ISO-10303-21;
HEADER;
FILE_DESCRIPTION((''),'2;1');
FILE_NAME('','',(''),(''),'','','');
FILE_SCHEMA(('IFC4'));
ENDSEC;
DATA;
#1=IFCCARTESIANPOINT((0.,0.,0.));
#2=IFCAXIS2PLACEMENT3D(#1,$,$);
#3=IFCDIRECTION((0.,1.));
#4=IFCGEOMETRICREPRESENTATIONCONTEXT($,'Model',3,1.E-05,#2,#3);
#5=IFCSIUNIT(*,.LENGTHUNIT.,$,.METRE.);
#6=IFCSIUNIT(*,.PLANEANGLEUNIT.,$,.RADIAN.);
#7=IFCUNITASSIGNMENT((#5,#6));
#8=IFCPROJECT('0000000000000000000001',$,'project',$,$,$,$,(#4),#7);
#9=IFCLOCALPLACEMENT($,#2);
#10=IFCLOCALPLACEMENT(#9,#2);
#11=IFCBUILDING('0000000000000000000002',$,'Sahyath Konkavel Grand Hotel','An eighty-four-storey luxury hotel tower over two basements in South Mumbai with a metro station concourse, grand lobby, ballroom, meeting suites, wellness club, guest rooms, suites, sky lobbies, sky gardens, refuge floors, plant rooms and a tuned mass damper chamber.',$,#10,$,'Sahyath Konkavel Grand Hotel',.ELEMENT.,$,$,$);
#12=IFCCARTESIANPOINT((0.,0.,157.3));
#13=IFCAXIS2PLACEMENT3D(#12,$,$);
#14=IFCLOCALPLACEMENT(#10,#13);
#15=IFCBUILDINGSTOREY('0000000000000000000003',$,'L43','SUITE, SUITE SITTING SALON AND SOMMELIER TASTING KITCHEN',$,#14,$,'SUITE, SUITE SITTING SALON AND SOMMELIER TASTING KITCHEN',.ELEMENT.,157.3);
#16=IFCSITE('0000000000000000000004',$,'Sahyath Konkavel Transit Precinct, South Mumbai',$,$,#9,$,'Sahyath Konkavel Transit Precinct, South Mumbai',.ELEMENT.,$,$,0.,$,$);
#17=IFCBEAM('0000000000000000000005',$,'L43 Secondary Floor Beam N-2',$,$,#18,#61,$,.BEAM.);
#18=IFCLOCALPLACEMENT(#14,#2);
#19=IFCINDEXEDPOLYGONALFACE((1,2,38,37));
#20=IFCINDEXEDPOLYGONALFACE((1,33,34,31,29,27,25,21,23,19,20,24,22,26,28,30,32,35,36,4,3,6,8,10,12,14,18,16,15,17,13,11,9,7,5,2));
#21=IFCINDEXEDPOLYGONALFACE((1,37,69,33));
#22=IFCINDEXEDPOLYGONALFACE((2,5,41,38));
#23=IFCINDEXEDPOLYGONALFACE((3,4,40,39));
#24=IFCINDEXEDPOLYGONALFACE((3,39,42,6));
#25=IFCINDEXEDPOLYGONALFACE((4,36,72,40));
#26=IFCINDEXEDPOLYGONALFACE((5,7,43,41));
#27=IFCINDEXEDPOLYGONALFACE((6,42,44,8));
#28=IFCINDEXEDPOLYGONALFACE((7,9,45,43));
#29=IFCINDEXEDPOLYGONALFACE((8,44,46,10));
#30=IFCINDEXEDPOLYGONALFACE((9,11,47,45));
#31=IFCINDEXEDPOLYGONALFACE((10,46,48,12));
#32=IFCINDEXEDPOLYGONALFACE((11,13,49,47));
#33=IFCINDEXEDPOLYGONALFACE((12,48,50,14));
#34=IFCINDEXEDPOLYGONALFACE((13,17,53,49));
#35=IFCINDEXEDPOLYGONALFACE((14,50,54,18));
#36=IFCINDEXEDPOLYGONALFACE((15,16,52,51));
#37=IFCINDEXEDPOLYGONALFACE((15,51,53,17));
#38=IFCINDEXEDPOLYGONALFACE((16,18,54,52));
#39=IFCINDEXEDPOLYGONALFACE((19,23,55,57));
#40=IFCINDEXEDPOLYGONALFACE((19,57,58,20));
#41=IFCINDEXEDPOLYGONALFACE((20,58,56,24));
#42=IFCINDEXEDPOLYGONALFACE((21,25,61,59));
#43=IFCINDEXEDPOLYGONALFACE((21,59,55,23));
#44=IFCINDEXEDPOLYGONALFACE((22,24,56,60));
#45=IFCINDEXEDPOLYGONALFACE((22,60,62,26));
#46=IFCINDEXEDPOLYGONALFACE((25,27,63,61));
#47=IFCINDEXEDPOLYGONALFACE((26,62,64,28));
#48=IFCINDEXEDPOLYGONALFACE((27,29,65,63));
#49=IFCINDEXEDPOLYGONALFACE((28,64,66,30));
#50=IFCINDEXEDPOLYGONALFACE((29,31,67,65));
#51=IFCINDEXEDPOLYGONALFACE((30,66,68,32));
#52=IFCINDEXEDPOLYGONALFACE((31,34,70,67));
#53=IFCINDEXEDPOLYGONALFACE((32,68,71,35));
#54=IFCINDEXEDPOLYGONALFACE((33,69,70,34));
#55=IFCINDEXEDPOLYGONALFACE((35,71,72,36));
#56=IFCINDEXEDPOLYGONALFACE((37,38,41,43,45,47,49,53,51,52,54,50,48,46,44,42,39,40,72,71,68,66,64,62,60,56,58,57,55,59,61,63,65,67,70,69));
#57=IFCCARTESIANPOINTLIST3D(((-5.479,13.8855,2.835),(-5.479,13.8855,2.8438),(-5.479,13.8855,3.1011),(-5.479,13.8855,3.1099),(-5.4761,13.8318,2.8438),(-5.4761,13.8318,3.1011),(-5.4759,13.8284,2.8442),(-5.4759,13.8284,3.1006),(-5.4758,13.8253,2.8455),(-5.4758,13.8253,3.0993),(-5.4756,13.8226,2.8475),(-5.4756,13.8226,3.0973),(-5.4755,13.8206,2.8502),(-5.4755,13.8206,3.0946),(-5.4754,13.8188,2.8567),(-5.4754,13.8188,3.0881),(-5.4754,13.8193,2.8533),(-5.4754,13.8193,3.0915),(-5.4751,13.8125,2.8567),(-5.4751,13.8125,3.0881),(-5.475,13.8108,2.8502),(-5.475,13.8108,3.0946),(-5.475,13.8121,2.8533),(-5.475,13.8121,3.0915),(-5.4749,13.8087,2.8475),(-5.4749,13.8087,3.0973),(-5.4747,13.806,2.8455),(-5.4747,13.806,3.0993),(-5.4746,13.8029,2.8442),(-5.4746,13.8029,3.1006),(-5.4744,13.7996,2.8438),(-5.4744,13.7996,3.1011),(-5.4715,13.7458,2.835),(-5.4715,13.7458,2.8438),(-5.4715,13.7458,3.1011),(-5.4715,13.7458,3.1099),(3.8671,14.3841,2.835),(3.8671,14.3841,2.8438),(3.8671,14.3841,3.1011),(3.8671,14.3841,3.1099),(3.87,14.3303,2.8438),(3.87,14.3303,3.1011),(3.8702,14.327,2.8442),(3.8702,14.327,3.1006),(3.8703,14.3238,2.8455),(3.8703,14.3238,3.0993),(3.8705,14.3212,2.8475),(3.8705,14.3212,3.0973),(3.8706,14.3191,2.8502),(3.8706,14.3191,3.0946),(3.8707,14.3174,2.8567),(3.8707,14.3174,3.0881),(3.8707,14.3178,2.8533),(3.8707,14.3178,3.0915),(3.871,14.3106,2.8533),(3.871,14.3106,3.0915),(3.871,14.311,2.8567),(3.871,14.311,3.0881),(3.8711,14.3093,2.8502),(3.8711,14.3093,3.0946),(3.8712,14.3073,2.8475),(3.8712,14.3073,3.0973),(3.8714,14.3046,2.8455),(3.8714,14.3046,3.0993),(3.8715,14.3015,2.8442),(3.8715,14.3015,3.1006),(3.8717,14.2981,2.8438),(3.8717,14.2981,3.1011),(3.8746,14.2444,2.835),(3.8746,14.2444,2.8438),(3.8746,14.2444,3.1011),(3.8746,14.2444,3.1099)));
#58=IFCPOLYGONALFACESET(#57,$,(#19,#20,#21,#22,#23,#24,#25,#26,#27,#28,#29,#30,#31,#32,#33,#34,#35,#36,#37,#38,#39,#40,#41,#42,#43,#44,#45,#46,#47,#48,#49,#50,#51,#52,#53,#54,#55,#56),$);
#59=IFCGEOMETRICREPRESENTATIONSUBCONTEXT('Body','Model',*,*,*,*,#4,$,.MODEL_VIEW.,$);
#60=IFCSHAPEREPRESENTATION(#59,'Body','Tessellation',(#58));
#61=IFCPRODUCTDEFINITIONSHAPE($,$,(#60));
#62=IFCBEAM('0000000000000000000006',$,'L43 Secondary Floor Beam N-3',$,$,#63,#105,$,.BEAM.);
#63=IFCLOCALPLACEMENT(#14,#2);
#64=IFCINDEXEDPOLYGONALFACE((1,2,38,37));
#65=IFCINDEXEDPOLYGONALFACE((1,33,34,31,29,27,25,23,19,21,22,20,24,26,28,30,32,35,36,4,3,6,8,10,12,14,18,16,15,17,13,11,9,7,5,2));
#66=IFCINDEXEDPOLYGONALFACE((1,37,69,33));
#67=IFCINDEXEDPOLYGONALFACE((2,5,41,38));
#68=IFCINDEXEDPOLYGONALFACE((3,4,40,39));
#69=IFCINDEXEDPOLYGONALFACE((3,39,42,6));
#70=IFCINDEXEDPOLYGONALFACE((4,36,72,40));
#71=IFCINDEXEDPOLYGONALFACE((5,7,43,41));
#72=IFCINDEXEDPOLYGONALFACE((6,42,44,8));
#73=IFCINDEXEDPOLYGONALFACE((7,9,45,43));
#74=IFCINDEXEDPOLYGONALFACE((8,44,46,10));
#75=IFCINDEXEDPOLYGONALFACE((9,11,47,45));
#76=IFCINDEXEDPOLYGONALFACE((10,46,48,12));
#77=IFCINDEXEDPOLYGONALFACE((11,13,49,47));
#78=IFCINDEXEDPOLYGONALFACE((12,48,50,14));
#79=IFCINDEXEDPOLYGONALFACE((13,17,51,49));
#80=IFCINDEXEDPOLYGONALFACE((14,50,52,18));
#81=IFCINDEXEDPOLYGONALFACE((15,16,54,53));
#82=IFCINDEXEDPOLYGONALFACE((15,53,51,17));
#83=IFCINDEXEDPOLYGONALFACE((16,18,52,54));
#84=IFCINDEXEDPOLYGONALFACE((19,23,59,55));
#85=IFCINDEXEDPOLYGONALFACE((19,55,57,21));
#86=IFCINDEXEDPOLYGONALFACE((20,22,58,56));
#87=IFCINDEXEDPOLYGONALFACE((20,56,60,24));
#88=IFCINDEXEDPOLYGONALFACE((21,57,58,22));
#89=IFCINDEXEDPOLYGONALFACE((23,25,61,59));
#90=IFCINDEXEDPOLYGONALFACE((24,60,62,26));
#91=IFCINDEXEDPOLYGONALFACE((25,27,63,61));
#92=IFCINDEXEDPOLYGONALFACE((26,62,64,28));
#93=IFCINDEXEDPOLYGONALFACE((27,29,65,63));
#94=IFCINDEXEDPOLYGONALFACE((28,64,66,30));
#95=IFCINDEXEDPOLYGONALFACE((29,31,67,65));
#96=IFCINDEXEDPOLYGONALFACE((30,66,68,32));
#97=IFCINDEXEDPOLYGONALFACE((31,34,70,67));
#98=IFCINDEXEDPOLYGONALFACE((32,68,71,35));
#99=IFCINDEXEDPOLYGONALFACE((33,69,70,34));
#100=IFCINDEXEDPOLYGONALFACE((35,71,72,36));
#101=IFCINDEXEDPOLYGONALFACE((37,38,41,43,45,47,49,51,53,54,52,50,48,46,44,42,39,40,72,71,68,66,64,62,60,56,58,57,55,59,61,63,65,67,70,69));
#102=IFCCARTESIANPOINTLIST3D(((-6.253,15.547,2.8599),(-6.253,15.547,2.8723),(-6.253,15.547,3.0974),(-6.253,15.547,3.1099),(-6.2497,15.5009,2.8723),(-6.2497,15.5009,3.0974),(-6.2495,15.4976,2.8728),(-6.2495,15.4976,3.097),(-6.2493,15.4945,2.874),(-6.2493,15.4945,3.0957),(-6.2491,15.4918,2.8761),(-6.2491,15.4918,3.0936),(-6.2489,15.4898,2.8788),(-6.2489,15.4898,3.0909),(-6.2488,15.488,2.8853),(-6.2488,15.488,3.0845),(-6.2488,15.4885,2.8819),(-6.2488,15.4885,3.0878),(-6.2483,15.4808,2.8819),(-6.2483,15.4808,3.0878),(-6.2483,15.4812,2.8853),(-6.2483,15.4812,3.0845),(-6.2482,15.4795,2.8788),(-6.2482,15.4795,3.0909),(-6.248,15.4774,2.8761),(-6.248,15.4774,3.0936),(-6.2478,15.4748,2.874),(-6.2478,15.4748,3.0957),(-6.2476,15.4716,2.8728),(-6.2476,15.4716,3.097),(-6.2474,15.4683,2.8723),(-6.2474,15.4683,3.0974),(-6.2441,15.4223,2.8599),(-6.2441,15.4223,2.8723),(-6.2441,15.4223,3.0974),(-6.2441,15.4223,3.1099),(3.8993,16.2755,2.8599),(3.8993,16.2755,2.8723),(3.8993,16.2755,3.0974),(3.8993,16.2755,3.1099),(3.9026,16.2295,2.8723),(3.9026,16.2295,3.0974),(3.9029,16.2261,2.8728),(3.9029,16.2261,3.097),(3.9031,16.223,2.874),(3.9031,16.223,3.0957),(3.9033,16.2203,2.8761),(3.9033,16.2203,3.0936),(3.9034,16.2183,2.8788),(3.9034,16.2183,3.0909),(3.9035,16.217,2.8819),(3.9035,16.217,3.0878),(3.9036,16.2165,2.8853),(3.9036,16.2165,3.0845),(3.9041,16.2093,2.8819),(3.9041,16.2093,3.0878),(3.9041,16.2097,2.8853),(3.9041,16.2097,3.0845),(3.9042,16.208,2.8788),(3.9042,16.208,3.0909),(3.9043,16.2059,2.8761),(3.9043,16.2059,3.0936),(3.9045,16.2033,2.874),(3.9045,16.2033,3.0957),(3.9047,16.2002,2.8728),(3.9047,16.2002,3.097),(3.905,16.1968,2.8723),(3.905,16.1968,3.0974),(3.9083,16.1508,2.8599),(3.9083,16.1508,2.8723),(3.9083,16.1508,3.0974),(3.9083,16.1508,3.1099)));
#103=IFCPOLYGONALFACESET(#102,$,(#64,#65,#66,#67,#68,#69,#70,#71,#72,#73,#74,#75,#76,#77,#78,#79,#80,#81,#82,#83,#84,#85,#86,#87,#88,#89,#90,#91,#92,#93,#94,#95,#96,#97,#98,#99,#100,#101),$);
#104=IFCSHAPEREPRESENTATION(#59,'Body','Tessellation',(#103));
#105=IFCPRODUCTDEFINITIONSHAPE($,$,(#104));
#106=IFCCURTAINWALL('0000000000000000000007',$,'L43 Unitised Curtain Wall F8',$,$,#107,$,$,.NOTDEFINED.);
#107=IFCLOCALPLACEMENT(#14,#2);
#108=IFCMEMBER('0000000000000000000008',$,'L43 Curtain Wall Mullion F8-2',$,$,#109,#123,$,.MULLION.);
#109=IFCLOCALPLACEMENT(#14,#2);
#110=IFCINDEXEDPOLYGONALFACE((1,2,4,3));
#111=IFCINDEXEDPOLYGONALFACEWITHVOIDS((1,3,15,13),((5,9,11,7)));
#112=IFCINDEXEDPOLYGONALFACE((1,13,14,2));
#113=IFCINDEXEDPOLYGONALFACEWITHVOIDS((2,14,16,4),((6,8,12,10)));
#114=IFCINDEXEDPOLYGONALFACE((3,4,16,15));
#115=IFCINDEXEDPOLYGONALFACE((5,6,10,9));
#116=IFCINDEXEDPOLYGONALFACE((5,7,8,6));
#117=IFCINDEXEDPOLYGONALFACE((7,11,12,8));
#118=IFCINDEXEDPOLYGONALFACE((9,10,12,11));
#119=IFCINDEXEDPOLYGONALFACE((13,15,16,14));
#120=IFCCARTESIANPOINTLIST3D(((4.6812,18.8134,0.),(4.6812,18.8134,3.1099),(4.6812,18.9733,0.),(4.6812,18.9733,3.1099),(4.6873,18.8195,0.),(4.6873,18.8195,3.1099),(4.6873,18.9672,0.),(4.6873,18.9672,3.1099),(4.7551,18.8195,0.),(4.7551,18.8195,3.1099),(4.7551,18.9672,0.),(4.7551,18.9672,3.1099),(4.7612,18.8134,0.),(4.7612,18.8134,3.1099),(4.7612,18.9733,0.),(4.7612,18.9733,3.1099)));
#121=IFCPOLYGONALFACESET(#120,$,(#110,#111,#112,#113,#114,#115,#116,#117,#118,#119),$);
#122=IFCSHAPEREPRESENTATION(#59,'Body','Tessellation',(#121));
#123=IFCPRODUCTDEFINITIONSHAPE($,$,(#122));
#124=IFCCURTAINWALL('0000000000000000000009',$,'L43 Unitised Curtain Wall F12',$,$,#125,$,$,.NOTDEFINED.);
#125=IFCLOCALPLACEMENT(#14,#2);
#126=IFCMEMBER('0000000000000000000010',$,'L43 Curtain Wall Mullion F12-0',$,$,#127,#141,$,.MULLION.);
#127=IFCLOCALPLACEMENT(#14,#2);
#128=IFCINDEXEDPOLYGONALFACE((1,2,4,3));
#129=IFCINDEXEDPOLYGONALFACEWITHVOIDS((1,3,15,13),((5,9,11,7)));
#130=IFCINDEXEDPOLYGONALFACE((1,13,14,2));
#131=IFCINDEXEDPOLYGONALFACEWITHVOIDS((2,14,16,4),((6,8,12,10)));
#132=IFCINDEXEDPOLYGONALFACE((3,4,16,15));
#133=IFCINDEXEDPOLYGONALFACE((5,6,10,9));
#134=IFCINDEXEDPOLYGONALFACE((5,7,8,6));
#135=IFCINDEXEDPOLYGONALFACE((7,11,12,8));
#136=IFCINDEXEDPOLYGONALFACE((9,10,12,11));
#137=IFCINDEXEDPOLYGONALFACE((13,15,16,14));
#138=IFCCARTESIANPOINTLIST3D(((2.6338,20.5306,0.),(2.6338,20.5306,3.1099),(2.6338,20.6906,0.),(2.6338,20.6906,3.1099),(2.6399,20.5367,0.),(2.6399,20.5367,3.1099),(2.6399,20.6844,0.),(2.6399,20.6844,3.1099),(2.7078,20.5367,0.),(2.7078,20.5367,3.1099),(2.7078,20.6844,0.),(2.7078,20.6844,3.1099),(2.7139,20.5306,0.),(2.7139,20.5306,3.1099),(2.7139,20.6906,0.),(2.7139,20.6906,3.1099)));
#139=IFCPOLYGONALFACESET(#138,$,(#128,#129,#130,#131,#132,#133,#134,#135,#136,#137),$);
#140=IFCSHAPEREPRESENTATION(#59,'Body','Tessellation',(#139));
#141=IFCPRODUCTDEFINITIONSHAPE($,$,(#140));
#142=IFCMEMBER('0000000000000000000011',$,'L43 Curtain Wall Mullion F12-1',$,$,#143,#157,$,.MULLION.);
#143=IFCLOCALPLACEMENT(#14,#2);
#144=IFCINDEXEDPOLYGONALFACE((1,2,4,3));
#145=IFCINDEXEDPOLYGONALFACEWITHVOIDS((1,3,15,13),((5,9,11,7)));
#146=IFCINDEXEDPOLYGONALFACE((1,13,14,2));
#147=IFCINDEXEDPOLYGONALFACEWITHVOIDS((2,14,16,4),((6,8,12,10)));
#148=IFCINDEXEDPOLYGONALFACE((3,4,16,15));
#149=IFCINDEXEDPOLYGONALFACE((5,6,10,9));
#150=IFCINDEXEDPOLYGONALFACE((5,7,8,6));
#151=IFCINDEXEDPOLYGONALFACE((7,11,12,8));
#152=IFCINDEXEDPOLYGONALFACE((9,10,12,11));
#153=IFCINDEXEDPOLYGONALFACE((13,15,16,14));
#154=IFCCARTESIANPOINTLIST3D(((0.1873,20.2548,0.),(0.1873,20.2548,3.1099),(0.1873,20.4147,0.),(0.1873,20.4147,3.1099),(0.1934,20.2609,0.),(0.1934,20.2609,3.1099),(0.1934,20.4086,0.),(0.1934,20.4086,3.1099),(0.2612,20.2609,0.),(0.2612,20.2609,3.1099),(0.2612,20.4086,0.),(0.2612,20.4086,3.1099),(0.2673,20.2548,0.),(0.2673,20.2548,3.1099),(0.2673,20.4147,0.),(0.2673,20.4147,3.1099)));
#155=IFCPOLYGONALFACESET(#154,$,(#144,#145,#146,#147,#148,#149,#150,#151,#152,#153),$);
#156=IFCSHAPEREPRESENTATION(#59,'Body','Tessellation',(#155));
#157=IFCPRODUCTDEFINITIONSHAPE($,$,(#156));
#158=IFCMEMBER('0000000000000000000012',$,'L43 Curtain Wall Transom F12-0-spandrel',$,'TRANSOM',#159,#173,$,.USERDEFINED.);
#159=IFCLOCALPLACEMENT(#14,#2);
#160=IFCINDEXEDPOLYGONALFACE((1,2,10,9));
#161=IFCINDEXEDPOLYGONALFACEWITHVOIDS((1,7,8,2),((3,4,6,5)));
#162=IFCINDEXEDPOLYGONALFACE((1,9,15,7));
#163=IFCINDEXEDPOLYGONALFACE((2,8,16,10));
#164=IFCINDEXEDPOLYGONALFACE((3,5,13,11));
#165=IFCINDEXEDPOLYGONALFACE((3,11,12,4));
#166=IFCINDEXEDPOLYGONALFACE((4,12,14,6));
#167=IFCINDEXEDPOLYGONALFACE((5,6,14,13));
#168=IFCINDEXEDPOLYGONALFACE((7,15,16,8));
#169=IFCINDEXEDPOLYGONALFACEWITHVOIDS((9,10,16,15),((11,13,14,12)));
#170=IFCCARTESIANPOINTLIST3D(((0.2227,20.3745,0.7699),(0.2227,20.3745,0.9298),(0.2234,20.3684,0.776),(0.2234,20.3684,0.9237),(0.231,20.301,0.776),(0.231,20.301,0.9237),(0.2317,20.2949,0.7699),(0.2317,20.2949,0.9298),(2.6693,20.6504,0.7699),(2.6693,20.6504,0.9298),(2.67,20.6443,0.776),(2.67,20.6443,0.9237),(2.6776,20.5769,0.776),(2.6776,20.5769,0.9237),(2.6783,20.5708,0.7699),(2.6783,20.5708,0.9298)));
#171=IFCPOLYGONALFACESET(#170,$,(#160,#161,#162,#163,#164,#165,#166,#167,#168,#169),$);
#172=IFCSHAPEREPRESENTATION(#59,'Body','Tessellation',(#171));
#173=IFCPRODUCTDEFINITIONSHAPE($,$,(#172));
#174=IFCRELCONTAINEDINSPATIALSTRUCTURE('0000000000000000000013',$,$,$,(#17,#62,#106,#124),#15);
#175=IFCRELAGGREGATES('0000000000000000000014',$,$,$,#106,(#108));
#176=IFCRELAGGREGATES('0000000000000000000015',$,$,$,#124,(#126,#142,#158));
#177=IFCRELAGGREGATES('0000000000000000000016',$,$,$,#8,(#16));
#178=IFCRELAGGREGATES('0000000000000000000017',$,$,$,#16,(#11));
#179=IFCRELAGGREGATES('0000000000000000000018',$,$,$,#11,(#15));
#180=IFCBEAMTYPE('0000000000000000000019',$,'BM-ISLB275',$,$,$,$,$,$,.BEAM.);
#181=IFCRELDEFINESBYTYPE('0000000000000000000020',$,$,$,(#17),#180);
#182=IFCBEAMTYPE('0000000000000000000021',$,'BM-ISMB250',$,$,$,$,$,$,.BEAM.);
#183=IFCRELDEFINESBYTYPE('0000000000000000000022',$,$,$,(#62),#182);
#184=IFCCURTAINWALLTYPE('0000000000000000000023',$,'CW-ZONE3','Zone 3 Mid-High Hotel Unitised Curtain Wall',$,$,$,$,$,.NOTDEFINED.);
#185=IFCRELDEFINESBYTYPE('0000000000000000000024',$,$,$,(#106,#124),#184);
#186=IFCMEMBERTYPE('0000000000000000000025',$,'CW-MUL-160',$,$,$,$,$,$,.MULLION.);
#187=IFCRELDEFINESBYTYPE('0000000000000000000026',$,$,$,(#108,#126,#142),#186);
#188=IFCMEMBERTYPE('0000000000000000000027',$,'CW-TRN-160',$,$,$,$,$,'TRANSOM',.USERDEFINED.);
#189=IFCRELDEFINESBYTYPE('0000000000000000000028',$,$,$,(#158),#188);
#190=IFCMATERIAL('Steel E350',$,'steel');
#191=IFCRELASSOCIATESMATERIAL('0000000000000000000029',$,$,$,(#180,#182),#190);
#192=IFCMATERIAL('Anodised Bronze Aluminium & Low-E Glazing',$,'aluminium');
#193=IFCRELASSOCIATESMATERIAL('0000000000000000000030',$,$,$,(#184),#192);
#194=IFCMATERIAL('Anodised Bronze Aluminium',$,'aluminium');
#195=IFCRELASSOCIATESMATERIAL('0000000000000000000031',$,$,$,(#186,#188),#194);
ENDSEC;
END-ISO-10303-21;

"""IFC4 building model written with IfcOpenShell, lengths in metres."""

from ifc_helpers import new_model, si_unit, direction, frame, origin, origin_2d, place, context, subcontext, project, spatial, hollow_rectangle, i_section, extrude, source, transform, mapped, material, material_profile, profile_set, type_object, element, aggregate, save


model = new_model("IFC4")

# Units and contexts
model_context = context("Model", 3, precision=1e-05, world=origin(), true_north=direction((0.0, 1.0)))
body_context = subcontext(model_context, "Body", "Model", "MODEL_VIEW")
ifc_project = project(units=[si_unit("LENGTHUNIT", "METRE"), si_unit("PLANEANGLEUNIT", "RADIAN")], contexts=[model_context])

# Site, building, storey
site_placement = place(None, origin())
site = spatial("IfcSite", under=ifc_project, at=site_placement, Name="Sahyath Konkavel Transit Precinct, South Mumbai", LongName="Sahyath Konkavel Transit Precinct, South Mumbai", CompositionType="ELEMENT", RefElevation=0.0)
building_placement = place(site_placement, origin())
building = spatial("IfcBuilding", under=site, at=building_placement, Name="Sahyath Konkavel Grand Hotel", Description="An eighty-four-storey luxury hotel tower over two basements in South Mumbai with a metro station concourse, grand lobby, ballroom, meeting suites, wellness club, guest rooms, suites, sky lobbies, sky gardens, refuge floors, plant rooms and a tuned mass damper chamber.", LongName="Sahyath Konkavel Grand Hotel", CompositionType="ELEMENT")
storey_placement = place(building_placement, frame((0.0, 0.0, 157.3)))
storey = spatial("IfcBuildingStorey", under=building, at=storey_placement, Name="L43", Description="SUITE, SUITE SITTING SALON AND SOMMELIER TASTING KITCHEN", LongName="SUITE, SUITE SITTING SALON AND SOMMELIER TASTING KITCHEN", CompositionType="ELEMENT", Elevation=157.3)

# Beams
ifc_material_1 = material(Name="Steel E350", Category="steel")
ifc_material_profile_1 = material_profile(ifc_material_1, i_section(OverallWidth=0.1399, OverallDepth=0.2749, WebThickness=0.0063, FlangeThickness=0.0088, FilletRadius=0.0129, at=origin_2d()), Name="ISLB 275")
ifc_profile_set_1 = profile_set([ifc_material_profile_1], Name="Steel E350")
beam_type_1 = type_object("IfcBeamType", Name="BM-ISLB275", PredefinedType="BEAM", material=ifc_profile_set_1)
shared_shape_1 = source(origin(), body_context, "Body", "SweptSolid", [
    extrude(i_section(OverallWidth=0.1399, OverallDepth=0.2749, WebThickness=0.0063, FlangeThickness=0.0088, FilletRadius=0.0129, at=origin_2d()), origin(), (0.0, 0.0, 1.0), 9.3594),
])
beam_1_placement = place(storey_placement, frame((3.8708, 14.3142, 2.9724), z_axis=(-0.99858, -0.053265, 0.0), x_axis=(0.053265, -0.99858, 0.0)))
element("IfcBeam", 1, at=beam_1_placement, inside=storey, type_object=beam_type_1, Name="L43 Secondary Floor Beam N-2", PredefinedType="BEAM", context=body_context, shape_type="MappedRepresentation", body=[
    mapped(shared_shape_1, transform((0.0, 0.0, 0.0), scale=1.0)),
])
ifc_material_profile_2 = material_profile(ifc_material_1, i_section(OverallWidth=0.125, OverallDepth=0.25, WebThickness=0.0068, FlangeThickness=0.0125, FilletRadius=0.0129, at=origin_2d()), Name="ISMB 250")
ifc_profile_set_2 = profile_set([ifc_material_profile_2], Name="Steel E350")
beam_type_2 = type_object("IfcBeamType", Name="BM-ISMB250", PredefinedType="BEAM", material=ifc_profile_set_2)
shared_shape_2 = source(origin(), body_context, "Body", "SweptSolid", [
    extrude(i_section(OverallWidth=0.125, OverallDepth=0.25, WebThickness=0.0068, FlangeThickness=0.0125, FilletRadius=0.0129, at=origin_2d()), origin(), (0.0, 0.0, 1.0), 10.1785),
])
beam_2_placement = place(storey_placement, frame((3.9038, 16.2131, 2.9849), z_axis=(-0.997435, -0.071574, 0.0), x_axis=(0.071574, -0.997435, 0.0)))
element("IfcBeam", 2, at=beam_2_placement, inside=storey, type_object=beam_type_2, Name="L43 Secondary Floor Beam N-3", PredefinedType="BEAM", context=body_context, shape_type="MappedRepresentation", body=[
    mapped(shared_shape_2, transform((0.0, 0.0, 0.0), scale=1.0)),
])

# Curtain wall, member
ifc_material_2 = material(Name="Anodised Bronze Aluminium & Low-E Glazing", Category="aluminium")
curtain_wall_type = type_object("IfcCurtainWallType", Name="CW-ZONE3", Description="Zone 3 Mid-High Hotel Unitised Curtain Wall", PredefinedType="NOTDEFINED", material=ifc_material_2)
curtain_wall_1_placement = place(storey_placement, origin())
curtain_wall_1 = element("IfcCurtainWall", 3, at=curtain_wall_1_placement, inside=storey, type_object=curtain_wall_type, Name="L43 Unitised Curtain Wall F8", PredefinedType="NOTDEFINED")
ifc_material_3 = material(Name="Anodised Bronze Aluminium", Category="aluminium")
ifc_material_profile_3 = material_profile(ifc_material_3, hollow_rectangle(XDim=0.0801, YDim=0.1599, WallThickness=0.0061, at=origin_2d()), Name="RHS 160x80x6")
ifc_profile_set_3 = profile_set([ifc_material_profile_3], Name="Anodised Bronze Aluminium")
member_type_1 = type_object("IfcMemberType", Name="CW-MUL-160", PredefinedType="MULLION", material=ifc_profile_set_3)
shared_shape_3 = source(origin(), body_context, "Body", "SweptSolid", [
    extrude(hollow_rectangle(XDim=0.0801, YDim=0.1599, WallThickness=0.0061, at=origin_2d()), origin(), (0.0, 0.0, 1.0), 3.1099),
])
member_1_placement = place(storey_placement, frame((4.7212, 18.8933, 0.0), z_axis=(0.0, 0.0, 1.0), x_axis=(1.0, 0.0, 0.0)))
member_1 = element("IfcMember", 4, at=member_1_placement, type_object=member_type_1, Name="L43 Curtain Wall Mullion F8-2", PredefinedType="MULLION", context=body_context, shape_type="MappedRepresentation", body=[
    mapped(shared_shape_3, transform((0.0, 0.0, 0.0), scale=1.0)),
])
aggregate(curtain_wall_1, [member_1])

# Curtain wall, members
curtain_wall_2_placement = place(storey_placement, origin())
curtain_wall_2 = element("IfcCurtainWall", 5, at=curtain_wall_2_placement, inside=storey, type_object=curtain_wall_type, Name="L43 Unitised Curtain Wall F12", PredefinedType="NOTDEFINED")
member_2_placement = place(storey_placement, frame((2.6738, 20.6106, 0.0), z_axis=(0.0, 0.0, 1.0), x_axis=(1.0, 0.0, 0.0)))
member_2 = element("IfcMember", 6, at=member_2_placement, type_object=member_type_1, Name="L43 Curtain Wall Mullion F12-0", PredefinedType="MULLION", context=body_context, shape_type="MappedRepresentation", body=[
    mapped(shared_shape_3, transform((0.0, 0.0, 0.0), scale=1.0)),
])
member_3_placement = place(storey_placement, frame((0.2273, 20.3347, 0.0), z_axis=(0.0, 0.0, 1.0), x_axis=(1.0, 0.0, 0.0)))
member_3 = element("IfcMember", 7, at=member_3_placement, type_object=member_type_1, Name="L43 Curtain Wall Mullion F12-1", PredefinedType="MULLION", context=body_context, shape_type="MappedRepresentation", body=[
    mapped(shared_shape_3, transform((0.0, 0.0, 0.0), scale=1.0)),
])
ifc_material_profile_4 = material_profile(ifc_material_3, hollow_rectangle(XDim=0.0801, YDim=0.1599, WallThickness=0.0061, at=origin_2d()), Name="RHS 160x80x6")
ifc_profile_set_4 = profile_set([ifc_material_profile_4], Name="Anodised Bronze Aluminium")
member_type_2 = type_object("IfcMemberType", Name="CW-TRN-160", ElementType="TRANSOM", PredefinedType="USERDEFINED", material=ifc_profile_set_4)
shared_shape_4 = source(origin(), body_context, "Body", "SweptSolid", [
    extrude(hollow_rectangle(XDim=0.0801, YDim=0.1599, WallThickness=0.0061, at=origin_2d()), origin(), (0.0, 0.0, 1.0), 2.4622),
])
member_4_placement = place(storey_placement, frame((2.6738, 20.6106, 0.8499), z_axis=(-0.993702, -0.112053, 0.0), x_axis=(0.112053, -0.993702, 0.0)))
member_4 = element("IfcMember", 8, at=member_4_placement, type_object=member_type_2, Name="L43 Curtain Wall Transom F12-0-spandrel", ObjectType="TRANSOM", PredefinedType="USERDEFINED", context=body_context, shape_type="MappedRepresentation", body=[
    mapped(shared_shape_4, transform((0.0, 0.0, 0.0), scale=1.0)),
])
aggregate(curtain_wall_2, [member_2, member_3, member_4])

save(model, "model.ifc")
